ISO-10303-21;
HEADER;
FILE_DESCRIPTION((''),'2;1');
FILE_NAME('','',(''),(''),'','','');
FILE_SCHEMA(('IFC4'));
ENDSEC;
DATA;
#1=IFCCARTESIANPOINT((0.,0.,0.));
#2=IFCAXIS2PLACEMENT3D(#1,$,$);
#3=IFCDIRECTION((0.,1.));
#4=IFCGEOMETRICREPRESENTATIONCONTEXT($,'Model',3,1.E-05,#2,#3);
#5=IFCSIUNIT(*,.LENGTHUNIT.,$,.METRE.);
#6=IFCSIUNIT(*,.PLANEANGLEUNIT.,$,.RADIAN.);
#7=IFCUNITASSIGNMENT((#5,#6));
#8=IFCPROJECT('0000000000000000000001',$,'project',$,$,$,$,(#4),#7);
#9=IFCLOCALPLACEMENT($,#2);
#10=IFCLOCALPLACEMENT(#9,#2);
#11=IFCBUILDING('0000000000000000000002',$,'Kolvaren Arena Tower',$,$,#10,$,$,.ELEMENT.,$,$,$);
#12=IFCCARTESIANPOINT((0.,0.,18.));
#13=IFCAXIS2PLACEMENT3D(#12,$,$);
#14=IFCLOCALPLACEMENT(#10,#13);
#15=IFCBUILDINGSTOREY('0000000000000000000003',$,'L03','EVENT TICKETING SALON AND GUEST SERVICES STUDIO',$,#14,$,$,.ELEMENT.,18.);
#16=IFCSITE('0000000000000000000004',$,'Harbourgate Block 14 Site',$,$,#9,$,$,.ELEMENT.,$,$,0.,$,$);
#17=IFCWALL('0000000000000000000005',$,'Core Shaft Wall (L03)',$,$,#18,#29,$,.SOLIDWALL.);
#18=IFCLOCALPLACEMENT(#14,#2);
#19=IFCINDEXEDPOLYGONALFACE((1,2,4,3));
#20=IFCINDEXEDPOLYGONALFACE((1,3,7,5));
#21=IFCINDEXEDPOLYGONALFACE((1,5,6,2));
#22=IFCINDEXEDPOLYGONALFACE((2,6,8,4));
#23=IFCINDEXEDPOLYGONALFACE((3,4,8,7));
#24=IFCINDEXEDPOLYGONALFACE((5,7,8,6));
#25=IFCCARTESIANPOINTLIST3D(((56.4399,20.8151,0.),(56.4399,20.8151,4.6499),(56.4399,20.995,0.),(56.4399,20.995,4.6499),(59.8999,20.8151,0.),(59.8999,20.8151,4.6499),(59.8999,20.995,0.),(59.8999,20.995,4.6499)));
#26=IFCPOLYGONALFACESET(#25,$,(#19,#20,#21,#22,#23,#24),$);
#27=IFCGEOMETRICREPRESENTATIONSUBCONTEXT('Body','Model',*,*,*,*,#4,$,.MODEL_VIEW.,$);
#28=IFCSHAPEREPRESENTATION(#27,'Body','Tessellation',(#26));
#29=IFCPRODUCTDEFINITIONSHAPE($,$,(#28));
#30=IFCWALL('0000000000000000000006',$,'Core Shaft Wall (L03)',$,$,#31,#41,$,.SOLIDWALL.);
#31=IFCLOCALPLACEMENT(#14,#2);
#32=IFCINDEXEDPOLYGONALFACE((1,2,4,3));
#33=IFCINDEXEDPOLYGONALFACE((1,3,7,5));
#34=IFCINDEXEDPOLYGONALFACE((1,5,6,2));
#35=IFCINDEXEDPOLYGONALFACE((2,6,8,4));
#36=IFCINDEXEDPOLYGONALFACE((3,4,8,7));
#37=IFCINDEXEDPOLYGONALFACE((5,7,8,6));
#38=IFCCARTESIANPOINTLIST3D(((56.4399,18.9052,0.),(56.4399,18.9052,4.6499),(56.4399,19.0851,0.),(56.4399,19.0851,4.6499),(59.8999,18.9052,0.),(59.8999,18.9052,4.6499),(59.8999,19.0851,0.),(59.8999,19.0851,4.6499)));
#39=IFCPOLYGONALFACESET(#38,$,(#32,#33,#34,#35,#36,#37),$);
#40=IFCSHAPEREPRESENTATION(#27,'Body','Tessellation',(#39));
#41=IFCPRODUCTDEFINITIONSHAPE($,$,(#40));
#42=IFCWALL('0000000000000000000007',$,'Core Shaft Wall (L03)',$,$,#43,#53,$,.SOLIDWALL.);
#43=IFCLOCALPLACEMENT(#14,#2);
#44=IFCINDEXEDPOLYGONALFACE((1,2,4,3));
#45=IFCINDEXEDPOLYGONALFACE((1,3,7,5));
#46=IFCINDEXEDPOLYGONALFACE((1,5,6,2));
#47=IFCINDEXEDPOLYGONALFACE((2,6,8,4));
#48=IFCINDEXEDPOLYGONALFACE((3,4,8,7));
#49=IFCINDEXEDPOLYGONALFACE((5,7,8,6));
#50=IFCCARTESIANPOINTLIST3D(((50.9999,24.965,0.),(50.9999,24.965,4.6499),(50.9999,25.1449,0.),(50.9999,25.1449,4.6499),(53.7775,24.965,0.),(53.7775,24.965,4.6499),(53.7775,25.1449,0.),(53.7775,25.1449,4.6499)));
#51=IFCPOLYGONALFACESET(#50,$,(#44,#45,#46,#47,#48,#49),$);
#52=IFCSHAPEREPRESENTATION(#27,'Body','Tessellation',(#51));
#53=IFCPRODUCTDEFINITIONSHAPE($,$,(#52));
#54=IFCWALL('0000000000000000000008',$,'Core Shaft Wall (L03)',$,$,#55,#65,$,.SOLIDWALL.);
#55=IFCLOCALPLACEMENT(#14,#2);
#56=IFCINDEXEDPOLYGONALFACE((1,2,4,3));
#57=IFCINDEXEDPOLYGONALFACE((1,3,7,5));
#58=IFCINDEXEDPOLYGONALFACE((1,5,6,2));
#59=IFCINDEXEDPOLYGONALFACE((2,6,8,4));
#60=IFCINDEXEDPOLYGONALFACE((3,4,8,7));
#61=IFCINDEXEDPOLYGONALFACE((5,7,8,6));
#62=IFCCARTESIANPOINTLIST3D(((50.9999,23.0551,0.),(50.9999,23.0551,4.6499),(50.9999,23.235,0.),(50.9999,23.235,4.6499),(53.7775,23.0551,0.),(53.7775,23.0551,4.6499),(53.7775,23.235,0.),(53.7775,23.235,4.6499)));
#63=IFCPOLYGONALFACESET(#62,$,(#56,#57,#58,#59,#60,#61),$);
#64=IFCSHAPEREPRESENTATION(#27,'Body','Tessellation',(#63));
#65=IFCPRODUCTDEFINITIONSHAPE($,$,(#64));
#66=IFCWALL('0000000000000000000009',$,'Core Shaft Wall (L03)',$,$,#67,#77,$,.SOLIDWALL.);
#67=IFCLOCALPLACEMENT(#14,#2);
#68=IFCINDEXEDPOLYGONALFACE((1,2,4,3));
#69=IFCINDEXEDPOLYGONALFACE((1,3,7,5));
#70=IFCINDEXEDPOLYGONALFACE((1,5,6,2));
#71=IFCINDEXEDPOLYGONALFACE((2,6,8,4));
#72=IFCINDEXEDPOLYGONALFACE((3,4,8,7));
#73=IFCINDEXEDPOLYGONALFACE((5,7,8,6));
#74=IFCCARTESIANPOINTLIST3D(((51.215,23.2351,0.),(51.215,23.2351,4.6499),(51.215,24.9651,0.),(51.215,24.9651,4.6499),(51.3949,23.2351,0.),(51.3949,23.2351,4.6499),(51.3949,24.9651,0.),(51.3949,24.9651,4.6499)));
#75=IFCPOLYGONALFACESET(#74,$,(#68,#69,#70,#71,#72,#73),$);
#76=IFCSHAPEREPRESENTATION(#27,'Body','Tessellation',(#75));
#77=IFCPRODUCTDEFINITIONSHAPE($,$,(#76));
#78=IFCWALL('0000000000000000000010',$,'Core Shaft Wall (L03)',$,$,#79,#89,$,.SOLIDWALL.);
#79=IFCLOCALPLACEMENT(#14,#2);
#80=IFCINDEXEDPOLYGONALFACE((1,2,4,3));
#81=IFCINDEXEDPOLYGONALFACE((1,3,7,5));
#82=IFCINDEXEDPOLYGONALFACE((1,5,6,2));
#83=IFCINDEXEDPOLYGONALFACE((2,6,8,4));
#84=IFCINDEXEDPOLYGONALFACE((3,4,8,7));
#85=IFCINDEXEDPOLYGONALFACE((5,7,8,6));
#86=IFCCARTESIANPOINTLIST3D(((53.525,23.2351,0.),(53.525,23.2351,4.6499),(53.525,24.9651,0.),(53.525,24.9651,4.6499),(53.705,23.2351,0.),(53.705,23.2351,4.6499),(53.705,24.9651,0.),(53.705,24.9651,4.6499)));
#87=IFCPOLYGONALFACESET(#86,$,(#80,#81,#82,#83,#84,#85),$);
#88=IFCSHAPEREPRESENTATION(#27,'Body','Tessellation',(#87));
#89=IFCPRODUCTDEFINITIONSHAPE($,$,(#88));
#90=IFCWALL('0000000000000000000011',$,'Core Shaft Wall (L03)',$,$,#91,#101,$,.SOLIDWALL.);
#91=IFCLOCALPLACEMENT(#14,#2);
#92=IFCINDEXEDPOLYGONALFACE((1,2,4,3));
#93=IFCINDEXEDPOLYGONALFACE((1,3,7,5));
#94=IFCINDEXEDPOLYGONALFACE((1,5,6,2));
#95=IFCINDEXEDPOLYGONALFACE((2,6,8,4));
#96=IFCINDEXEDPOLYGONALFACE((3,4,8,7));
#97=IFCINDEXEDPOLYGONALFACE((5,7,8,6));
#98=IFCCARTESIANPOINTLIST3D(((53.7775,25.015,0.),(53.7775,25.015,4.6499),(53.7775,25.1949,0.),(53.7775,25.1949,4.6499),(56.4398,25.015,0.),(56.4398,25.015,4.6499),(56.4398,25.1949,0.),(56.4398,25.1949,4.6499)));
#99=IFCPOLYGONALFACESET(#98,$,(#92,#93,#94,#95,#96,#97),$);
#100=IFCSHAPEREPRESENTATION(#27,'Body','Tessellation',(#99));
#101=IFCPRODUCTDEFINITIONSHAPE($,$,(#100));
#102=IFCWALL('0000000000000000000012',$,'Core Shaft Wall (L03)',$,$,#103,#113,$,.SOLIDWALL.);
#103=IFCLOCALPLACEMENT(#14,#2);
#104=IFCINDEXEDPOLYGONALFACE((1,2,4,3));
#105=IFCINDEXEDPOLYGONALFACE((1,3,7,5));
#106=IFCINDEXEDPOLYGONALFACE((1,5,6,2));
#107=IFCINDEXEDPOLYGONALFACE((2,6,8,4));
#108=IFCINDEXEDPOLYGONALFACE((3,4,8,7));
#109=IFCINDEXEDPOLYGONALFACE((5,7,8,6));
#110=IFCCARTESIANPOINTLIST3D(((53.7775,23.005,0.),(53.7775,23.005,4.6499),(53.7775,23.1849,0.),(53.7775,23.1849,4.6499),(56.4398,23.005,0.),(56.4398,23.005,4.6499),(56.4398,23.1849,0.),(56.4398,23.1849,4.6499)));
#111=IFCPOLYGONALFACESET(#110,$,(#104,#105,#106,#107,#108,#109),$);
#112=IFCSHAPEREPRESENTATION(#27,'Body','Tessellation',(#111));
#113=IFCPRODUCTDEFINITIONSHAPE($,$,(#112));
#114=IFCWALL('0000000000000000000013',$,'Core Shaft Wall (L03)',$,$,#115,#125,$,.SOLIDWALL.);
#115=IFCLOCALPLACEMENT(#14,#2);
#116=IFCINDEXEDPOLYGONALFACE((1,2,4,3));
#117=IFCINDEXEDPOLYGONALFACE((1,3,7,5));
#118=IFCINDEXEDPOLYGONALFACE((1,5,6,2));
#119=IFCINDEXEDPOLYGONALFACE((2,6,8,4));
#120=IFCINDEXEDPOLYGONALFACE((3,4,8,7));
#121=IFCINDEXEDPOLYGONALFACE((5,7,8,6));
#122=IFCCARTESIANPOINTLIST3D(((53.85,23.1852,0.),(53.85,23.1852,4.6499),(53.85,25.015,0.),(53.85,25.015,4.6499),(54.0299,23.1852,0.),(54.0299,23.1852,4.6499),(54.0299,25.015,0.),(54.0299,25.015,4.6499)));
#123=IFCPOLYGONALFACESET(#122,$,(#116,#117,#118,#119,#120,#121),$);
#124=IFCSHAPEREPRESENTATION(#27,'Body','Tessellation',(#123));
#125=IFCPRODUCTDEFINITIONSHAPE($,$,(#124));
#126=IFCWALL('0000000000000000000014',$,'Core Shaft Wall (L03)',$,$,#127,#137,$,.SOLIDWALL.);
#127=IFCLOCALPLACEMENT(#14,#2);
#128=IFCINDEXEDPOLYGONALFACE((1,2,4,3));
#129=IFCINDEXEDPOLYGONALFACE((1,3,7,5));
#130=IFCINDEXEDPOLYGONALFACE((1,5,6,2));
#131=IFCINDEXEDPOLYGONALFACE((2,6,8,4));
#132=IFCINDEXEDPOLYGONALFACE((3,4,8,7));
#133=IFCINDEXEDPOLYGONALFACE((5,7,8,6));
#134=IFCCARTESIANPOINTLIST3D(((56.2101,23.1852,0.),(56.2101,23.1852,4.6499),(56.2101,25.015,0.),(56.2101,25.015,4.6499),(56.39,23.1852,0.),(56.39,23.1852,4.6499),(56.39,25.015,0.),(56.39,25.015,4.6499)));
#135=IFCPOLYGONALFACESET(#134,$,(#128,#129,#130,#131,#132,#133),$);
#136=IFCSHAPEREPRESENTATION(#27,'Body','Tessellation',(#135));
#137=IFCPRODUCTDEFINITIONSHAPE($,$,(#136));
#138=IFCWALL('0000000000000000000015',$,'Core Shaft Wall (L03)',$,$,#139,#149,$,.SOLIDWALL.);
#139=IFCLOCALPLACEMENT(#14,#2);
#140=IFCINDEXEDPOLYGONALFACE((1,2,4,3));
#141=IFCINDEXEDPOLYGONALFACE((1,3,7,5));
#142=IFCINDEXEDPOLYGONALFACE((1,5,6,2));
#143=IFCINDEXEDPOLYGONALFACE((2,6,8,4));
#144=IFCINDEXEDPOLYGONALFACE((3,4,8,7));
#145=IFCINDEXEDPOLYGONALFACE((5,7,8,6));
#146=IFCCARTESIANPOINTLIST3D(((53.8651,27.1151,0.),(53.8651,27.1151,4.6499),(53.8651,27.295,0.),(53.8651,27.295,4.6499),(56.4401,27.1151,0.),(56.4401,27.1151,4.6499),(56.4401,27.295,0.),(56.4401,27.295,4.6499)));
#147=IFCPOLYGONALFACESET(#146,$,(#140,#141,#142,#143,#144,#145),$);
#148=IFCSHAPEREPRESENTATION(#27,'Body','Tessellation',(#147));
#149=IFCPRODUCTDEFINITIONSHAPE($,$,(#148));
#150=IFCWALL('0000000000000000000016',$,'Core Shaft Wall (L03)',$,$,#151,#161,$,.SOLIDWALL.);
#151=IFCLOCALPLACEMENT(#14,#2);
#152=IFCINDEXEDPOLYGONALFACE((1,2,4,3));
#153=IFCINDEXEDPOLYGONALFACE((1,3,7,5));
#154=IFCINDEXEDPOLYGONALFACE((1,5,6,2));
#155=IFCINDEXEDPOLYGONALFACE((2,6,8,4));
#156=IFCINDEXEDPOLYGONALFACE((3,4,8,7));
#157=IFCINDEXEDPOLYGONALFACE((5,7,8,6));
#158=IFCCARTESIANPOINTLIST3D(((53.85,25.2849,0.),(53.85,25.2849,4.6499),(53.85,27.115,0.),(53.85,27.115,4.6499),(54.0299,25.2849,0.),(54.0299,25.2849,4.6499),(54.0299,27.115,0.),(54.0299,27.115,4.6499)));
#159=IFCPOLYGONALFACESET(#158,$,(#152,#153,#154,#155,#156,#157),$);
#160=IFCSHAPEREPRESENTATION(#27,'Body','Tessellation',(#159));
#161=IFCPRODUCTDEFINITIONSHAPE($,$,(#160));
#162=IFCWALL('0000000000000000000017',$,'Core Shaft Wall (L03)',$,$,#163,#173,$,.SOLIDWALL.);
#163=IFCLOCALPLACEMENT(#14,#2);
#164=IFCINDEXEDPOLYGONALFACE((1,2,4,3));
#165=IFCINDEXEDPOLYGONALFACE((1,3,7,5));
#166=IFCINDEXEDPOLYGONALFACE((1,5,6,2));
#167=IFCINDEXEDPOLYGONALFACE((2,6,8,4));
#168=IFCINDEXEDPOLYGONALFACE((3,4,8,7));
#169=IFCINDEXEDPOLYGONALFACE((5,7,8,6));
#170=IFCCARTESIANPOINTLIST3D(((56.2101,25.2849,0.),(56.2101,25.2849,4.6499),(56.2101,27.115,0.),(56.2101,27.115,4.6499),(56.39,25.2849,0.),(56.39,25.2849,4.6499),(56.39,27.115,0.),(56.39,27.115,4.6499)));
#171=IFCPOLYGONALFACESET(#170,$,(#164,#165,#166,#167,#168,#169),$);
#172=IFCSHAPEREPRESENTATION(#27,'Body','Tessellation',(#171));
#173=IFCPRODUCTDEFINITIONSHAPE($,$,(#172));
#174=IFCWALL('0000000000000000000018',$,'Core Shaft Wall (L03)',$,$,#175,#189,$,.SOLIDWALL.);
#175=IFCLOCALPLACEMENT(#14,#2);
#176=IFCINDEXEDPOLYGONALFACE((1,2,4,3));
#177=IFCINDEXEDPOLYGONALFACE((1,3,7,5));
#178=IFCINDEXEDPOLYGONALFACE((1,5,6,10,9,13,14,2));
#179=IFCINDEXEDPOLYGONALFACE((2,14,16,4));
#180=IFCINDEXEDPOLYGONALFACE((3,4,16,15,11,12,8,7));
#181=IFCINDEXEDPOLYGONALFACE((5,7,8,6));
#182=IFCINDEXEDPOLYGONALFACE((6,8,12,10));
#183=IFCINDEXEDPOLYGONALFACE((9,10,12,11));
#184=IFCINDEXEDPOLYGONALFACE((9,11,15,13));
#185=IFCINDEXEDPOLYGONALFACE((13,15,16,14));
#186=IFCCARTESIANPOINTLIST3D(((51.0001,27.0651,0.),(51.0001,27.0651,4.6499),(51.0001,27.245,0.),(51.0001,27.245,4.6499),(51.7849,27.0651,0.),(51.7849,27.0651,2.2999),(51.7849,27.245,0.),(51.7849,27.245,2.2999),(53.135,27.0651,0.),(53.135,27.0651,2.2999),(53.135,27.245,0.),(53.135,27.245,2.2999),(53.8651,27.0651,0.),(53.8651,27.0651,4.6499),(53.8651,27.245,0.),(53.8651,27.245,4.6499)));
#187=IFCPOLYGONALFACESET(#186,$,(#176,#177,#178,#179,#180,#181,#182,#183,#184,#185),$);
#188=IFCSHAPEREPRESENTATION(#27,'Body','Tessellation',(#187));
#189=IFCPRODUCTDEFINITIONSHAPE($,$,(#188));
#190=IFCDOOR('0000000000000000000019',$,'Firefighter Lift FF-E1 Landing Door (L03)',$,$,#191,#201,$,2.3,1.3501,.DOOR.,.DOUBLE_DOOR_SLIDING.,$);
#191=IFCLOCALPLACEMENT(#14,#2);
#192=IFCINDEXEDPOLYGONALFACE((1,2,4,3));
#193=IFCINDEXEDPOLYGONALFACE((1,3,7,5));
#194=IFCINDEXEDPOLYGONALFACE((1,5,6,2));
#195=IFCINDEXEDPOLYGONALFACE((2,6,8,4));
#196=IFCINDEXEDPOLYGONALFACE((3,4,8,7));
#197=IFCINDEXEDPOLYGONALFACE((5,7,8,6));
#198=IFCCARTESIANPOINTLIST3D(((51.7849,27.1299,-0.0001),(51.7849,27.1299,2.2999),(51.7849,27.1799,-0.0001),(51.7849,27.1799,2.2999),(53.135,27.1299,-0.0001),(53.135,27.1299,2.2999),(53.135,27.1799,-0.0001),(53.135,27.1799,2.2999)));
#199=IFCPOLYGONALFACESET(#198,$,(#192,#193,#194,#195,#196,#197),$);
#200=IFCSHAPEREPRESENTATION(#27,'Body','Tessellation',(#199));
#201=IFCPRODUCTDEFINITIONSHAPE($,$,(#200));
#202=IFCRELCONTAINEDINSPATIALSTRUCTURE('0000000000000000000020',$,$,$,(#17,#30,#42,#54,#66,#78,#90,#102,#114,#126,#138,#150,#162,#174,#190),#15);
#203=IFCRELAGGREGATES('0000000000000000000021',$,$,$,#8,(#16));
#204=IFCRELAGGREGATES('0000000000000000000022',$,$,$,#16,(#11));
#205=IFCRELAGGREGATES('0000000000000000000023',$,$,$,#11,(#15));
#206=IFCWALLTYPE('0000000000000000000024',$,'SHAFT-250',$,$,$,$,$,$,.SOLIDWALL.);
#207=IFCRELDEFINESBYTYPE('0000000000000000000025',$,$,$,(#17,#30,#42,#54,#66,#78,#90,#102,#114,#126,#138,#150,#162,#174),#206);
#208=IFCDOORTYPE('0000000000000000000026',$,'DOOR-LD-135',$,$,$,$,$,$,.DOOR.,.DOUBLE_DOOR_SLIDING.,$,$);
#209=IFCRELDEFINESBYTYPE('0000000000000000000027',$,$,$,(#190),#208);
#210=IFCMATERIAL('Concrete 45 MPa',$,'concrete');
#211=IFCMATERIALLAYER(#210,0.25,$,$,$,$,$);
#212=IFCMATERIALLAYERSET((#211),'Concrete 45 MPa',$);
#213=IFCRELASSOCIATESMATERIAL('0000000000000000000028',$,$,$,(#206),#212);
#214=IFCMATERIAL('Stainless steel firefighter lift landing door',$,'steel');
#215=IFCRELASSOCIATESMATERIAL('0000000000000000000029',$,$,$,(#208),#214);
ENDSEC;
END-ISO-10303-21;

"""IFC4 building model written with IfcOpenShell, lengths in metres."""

from ifc_helpers import new_model, si_unit, direction, frame, frame_2d, origin, place, context, subcontext, project, spatial, rectangle, extrude, material, layer, layer_set, type_object, element, fill, save


model = new_model("IFC4")

# Units and contexts
model_context = context("Model", 3, precision=1e-05, world=origin(), true_north=direction((0.0, 1.0)))
body_context = subcontext(model_context, "Body", "Model", "MODEL_VIEW")
ifc_project = project(units=[si_unit("LENGTHUNIT", "METRE"), si_unit("PLANEANGLEUNIT", "RADIAN")], contexts=[model_context])

# Site, building, storey
site_placement = place(None, origin())
site = spatial("IfcSite", under=ifc_project, at=site_placement, Name="Harbourgate Block 14 Site", CompositionType="ELEMENT", RefElevation=0.0)
building_placement = place(site_placement, origin())
building = spatial("IfcBuilding", under=site, at=building_placement, Name="Kolvaren Arena Tower", CompositionType="ELEMENT")
storey_placement = place(building_placement, frame((0.0, 0.0, 18.0)))
storey = spatial("IfcBuildingStorey", under=building, at=storey_placement, Name="L03", Description="EVENT TICKETING SALON AND GUEST SERVICES STUDIO", CompositionType="ELEMENT", Elevation=18.0)

# Walls
ifc_material_1 = material(Name="Concrete 45 MPa", Category="concrete")
ifc_layer_1 = layer(ifc_material_1, 0.25)
ifc_layer_set_1 = layer_set([ifc_layer_1], Name="Concrete 45 MPa")
wall_type_1 = type_object("IfcWallType", Name="SHAFT-250", PredefinedType="SOLIDWALL", material=ifc_layer_set_1)
for number, where, z_axis, x_axis, name in (
    (1, (56.4399, 20.905, 0.0), (0.0, 0.0, 1.0), (1.0, 0.0, 0.0), "Core Shaft Wall (L03)"),
    (2, (56.4399, 18.9951, 0.0), (0.0, 0.0, 1.0), (1.0, 0.0, 0.0), "Core Shaft Wall (L03)"),
):
    element("IfcWall", number, at=place(storey_placement, frame(where, z_axis=z_axis, x_axis=x_axis)), inside=storey, type_object=wall_type_1, Name=name, PredefinedType="SOLIDWALL", context=body_context, shape_type="SweptSolid", body=[
        extrude(rectangle(XDim=3.46, YDim=0.1799, at=frame_2d((1.73, 0.0))), origin(), (0.0, 0.0, 1.0), 4.6499),
    ])
for number, where, z_axis, x_axis, name in (
    (3, (51.0, 25.0549, 0.0), (0.0, 0.0, 1.0), (1.0, 0.0, 0.0), "Core Shaft Wall (L03)"),
    (4, (51.0, 23.145, 0.0), (0.0, 0.0, 1.0), (1.0, 0.0, 0.0), "Core Shaft Wall (L03)"),
):
    element("IfcWall", number, at=place(storey_placement, frame(where, z_axis=z_axis, x_axis=x_axis)), inside=storey, type_object=wall_type_1, Name=name, PredefinedType="SOLIDWALL", context=body_context, shape_type="SweptSolid", body=[
        extrude(rectangle(XDim=2.7776, YDim=0.1799, at=frame_2d((1.3887, 0.0))), origin(), (0.0, 0.0, 1.0), 4.6499),
    ])
for number, where, z_axis, x_axis, name in (
    (5, (51.3049, 23.2351, 0.0), (0.0, 0.0, 1.0), (0.0, 1.0, 0.0), "Core Shaft Wall (L03)"),
    (6, (53.615, 23.2351, 0.0), (0.0, 0.0, 1.0), (0.0, 1.0, 0.0), "Core Shaft Wall (L03)"),
):
    element("IfcWall", number, at=place(storey_placement, frame(where, z_axis=z_axis, x_axis=x_axis)), inside=storey, type_object=wall_type_1, Name=name, PredefinedType="SOLIDWALL", context=body_context, shape_type="SweptSolid", body=[
        extrude(rectangle(XDim=1.73, YDim=0.1799, at=frame_2d((0.865, 0.0))), origin(), (0.0, 0.0, 1.0), 4.6499),
    ])
for number, where, z_axis, x_axis, name in (
    (7, (53.7776, 25.105, 0.0), (0.0, 0.0, 1.0), (1.0, 0.0, 0.0), "Core Shaft Wall (L03)"),
    (8, (53.7776, 23.095, 0.0), (0.0, 0.0, 1.0), (1.0, 0.0, 0.0), "Core Shaft Wall (L03)"),
):
    element("IfcWall", number, at=place(storey_placement, frame(where, z_axis=z_axis, x_axis=x_axis)), inside=storey, type_object=wall_type_1, Name=name, PredefinedType="SOLIDWALL", context=body_context, shape_type="SweptSolid", body=[
        extrude(rectangle(XDim=2.6624, YDim=0.1799, at=frame_2d((1.3311, 0.0))), origin(), (0.0, 0.0, 1.0), 4.6499),
    ])
for number, where, z_axis, x_axis, name in (
    (9, (53.9399, 23.1851, 0.0), (0.0, 0.0, 1.0), (0.0, 1.0, 0.0), "Core Shaft Wall (L03)"),
    (10, (56.3, 23.1851, 0.0), (0.0, 0.0, 1.0), (0.0, 1.0, 0.0), "Core Shaft Wall (L03)"),
):
    element("IfcWall", number, at=place(storey_placement, frame(where, z_axis=z_axis, x_axis=x_axis)), inside=storey, type_object=wall_type_1, Name=name, PredefinedType="SOLIDWALL", context=body_context, shape_type="SweptSolid", body=[
        extrude(rectangle(XDim=1.8298, YDim=0.1799, at=frame_2d((0.915, 0.0))), origin(), (0.0, 0.0, 1.0), 4.6499),
    ])
wall_1_placement = place(storey_placement, frame((53.865, 27.2051, 0.0), z_axis=(0.0, 0.0, 1.0), x_axis=(1.0, 0.0, 0.0)))
element("IfcWall", 11, at=wall_1_placement, inside=storey, type_object=wall_type_1, Name="Core Shaft Wall (L03)", PredefinedType="SOLIDWALL", context=body_context, shape_type="SweptSolid", body=[
    extrude(rectangle(XDim=2.575, YDim=0.1799, at=frame_2d((1.2876, 0.0))), origin(), (0.0, 0.0, 1.0), 4.6499),
])
for number, where, z_axis, x_axis, name in (
    (12, (53.9399, 25.2849, 0.0), (0.0, 0.0, 1.0), (0.0, 1.0, 0.0), "Core Shaft Wall (L03)"),
    (13, (56.3, 25.2849, 0.0), (0.0, 0.0, 1.0), (0.0, 1.0, 0.0), "Core Shaft Wall (L03)"),
):
    element("IfcWall", number, at=place(storey_placement, frame(where, z_axis=z_axis, x_axis=x_axis)), inside=storey, type_object=wall_type_1, Name=name, PredefinedType="SOLIDWALL", context=body_context, shape_type="SweptSolid", body=[
        extrude(rectangle(XDim=1.8301, YDim=0.1799, at=frame_2d((0.915, 0.0))), origin(), (0.0, 0.0, 1.0), 4.6499),
    ])

# Wall, opening, door
wall_2_placement = place(storey_placement, frame((51.0, 27.155, 0.0), z_axis=(0.0, 0.0, 1.0), x_axis=(1.0, 0.0, 0.0)))
wall_2 = element("IfcWall", 14, at=wall_2_placement, inside=storey, type_object=wall_type_1, Name="Core Shaft Wall (L03)", PredefinedType="SOLIDWALL", context=body_context, shape_type="SweptSolid", body=[
    extrude(rectangle(XDim=2.865, YDim=0.1799, at=frame_2d((1.4326, 0.0))), origin(), (0.0, 0.0, 1.0), 4.6499),
])
opening_1_placement = place(wall_2_placement, frame((0.7849, 0.0, 0.0)))
opening_1 = element("IfcOpeningElement", 15, at=opening_1_placement, cuts=wall_2, PredefinedType="OPENING", context=body_context, shape_type="SweptSolid", body=[
    extrude(rectangle(XDim=1.3501, YDim=2.3, at=frame_2d((0.675, 1.1499))), frame((0.0, 0.0999, 0.0), z_axis=(0.0, -1.0, 0.0), x_axis=(1.0, 0.0, 0.0)), (0.0, 0.0, 1.0), 0.2),
])
ifc_material_2 = material(Name="Stainless steel firefighter lift landing door", Category="steel")
door_type_1 = type_object("IfcDoorType", Name="DOOR-LD-135", OperationType="DOUBLE_DOOR_SLIDING", PredefinedType="DOOR", material=ifc_material_2)
door_1_placement = place(opening_1_placement, origin())
door_1 = element("IfcDoor", 16, at=door_1_placement, inside=storey, type_object=door_type_1, Name="Firefighter Lift FF-E1 Landing Door (L03)", OperationType="DOUBLE_DOOR_SLIDING", OverallHeight=2.3, OverallWidth=1.3501, PredefinedType="DOOR", context=body_context, shape_type="SweptSolid", body=[
    extrude(rectangle(XDim=1.3501, YDim=2.3, at=frame_2d((0.675, 1.1499))), frame((0.0, 0.0249, 0.0), z_axis=(0.0, -1.0, 0.0), x_axis=(1.0, 0.0, 0.0)), (0.0, 0.0, 1.0), 0.05),
])
fill(opening_1, door_1)

save(model, "model.ifc")
